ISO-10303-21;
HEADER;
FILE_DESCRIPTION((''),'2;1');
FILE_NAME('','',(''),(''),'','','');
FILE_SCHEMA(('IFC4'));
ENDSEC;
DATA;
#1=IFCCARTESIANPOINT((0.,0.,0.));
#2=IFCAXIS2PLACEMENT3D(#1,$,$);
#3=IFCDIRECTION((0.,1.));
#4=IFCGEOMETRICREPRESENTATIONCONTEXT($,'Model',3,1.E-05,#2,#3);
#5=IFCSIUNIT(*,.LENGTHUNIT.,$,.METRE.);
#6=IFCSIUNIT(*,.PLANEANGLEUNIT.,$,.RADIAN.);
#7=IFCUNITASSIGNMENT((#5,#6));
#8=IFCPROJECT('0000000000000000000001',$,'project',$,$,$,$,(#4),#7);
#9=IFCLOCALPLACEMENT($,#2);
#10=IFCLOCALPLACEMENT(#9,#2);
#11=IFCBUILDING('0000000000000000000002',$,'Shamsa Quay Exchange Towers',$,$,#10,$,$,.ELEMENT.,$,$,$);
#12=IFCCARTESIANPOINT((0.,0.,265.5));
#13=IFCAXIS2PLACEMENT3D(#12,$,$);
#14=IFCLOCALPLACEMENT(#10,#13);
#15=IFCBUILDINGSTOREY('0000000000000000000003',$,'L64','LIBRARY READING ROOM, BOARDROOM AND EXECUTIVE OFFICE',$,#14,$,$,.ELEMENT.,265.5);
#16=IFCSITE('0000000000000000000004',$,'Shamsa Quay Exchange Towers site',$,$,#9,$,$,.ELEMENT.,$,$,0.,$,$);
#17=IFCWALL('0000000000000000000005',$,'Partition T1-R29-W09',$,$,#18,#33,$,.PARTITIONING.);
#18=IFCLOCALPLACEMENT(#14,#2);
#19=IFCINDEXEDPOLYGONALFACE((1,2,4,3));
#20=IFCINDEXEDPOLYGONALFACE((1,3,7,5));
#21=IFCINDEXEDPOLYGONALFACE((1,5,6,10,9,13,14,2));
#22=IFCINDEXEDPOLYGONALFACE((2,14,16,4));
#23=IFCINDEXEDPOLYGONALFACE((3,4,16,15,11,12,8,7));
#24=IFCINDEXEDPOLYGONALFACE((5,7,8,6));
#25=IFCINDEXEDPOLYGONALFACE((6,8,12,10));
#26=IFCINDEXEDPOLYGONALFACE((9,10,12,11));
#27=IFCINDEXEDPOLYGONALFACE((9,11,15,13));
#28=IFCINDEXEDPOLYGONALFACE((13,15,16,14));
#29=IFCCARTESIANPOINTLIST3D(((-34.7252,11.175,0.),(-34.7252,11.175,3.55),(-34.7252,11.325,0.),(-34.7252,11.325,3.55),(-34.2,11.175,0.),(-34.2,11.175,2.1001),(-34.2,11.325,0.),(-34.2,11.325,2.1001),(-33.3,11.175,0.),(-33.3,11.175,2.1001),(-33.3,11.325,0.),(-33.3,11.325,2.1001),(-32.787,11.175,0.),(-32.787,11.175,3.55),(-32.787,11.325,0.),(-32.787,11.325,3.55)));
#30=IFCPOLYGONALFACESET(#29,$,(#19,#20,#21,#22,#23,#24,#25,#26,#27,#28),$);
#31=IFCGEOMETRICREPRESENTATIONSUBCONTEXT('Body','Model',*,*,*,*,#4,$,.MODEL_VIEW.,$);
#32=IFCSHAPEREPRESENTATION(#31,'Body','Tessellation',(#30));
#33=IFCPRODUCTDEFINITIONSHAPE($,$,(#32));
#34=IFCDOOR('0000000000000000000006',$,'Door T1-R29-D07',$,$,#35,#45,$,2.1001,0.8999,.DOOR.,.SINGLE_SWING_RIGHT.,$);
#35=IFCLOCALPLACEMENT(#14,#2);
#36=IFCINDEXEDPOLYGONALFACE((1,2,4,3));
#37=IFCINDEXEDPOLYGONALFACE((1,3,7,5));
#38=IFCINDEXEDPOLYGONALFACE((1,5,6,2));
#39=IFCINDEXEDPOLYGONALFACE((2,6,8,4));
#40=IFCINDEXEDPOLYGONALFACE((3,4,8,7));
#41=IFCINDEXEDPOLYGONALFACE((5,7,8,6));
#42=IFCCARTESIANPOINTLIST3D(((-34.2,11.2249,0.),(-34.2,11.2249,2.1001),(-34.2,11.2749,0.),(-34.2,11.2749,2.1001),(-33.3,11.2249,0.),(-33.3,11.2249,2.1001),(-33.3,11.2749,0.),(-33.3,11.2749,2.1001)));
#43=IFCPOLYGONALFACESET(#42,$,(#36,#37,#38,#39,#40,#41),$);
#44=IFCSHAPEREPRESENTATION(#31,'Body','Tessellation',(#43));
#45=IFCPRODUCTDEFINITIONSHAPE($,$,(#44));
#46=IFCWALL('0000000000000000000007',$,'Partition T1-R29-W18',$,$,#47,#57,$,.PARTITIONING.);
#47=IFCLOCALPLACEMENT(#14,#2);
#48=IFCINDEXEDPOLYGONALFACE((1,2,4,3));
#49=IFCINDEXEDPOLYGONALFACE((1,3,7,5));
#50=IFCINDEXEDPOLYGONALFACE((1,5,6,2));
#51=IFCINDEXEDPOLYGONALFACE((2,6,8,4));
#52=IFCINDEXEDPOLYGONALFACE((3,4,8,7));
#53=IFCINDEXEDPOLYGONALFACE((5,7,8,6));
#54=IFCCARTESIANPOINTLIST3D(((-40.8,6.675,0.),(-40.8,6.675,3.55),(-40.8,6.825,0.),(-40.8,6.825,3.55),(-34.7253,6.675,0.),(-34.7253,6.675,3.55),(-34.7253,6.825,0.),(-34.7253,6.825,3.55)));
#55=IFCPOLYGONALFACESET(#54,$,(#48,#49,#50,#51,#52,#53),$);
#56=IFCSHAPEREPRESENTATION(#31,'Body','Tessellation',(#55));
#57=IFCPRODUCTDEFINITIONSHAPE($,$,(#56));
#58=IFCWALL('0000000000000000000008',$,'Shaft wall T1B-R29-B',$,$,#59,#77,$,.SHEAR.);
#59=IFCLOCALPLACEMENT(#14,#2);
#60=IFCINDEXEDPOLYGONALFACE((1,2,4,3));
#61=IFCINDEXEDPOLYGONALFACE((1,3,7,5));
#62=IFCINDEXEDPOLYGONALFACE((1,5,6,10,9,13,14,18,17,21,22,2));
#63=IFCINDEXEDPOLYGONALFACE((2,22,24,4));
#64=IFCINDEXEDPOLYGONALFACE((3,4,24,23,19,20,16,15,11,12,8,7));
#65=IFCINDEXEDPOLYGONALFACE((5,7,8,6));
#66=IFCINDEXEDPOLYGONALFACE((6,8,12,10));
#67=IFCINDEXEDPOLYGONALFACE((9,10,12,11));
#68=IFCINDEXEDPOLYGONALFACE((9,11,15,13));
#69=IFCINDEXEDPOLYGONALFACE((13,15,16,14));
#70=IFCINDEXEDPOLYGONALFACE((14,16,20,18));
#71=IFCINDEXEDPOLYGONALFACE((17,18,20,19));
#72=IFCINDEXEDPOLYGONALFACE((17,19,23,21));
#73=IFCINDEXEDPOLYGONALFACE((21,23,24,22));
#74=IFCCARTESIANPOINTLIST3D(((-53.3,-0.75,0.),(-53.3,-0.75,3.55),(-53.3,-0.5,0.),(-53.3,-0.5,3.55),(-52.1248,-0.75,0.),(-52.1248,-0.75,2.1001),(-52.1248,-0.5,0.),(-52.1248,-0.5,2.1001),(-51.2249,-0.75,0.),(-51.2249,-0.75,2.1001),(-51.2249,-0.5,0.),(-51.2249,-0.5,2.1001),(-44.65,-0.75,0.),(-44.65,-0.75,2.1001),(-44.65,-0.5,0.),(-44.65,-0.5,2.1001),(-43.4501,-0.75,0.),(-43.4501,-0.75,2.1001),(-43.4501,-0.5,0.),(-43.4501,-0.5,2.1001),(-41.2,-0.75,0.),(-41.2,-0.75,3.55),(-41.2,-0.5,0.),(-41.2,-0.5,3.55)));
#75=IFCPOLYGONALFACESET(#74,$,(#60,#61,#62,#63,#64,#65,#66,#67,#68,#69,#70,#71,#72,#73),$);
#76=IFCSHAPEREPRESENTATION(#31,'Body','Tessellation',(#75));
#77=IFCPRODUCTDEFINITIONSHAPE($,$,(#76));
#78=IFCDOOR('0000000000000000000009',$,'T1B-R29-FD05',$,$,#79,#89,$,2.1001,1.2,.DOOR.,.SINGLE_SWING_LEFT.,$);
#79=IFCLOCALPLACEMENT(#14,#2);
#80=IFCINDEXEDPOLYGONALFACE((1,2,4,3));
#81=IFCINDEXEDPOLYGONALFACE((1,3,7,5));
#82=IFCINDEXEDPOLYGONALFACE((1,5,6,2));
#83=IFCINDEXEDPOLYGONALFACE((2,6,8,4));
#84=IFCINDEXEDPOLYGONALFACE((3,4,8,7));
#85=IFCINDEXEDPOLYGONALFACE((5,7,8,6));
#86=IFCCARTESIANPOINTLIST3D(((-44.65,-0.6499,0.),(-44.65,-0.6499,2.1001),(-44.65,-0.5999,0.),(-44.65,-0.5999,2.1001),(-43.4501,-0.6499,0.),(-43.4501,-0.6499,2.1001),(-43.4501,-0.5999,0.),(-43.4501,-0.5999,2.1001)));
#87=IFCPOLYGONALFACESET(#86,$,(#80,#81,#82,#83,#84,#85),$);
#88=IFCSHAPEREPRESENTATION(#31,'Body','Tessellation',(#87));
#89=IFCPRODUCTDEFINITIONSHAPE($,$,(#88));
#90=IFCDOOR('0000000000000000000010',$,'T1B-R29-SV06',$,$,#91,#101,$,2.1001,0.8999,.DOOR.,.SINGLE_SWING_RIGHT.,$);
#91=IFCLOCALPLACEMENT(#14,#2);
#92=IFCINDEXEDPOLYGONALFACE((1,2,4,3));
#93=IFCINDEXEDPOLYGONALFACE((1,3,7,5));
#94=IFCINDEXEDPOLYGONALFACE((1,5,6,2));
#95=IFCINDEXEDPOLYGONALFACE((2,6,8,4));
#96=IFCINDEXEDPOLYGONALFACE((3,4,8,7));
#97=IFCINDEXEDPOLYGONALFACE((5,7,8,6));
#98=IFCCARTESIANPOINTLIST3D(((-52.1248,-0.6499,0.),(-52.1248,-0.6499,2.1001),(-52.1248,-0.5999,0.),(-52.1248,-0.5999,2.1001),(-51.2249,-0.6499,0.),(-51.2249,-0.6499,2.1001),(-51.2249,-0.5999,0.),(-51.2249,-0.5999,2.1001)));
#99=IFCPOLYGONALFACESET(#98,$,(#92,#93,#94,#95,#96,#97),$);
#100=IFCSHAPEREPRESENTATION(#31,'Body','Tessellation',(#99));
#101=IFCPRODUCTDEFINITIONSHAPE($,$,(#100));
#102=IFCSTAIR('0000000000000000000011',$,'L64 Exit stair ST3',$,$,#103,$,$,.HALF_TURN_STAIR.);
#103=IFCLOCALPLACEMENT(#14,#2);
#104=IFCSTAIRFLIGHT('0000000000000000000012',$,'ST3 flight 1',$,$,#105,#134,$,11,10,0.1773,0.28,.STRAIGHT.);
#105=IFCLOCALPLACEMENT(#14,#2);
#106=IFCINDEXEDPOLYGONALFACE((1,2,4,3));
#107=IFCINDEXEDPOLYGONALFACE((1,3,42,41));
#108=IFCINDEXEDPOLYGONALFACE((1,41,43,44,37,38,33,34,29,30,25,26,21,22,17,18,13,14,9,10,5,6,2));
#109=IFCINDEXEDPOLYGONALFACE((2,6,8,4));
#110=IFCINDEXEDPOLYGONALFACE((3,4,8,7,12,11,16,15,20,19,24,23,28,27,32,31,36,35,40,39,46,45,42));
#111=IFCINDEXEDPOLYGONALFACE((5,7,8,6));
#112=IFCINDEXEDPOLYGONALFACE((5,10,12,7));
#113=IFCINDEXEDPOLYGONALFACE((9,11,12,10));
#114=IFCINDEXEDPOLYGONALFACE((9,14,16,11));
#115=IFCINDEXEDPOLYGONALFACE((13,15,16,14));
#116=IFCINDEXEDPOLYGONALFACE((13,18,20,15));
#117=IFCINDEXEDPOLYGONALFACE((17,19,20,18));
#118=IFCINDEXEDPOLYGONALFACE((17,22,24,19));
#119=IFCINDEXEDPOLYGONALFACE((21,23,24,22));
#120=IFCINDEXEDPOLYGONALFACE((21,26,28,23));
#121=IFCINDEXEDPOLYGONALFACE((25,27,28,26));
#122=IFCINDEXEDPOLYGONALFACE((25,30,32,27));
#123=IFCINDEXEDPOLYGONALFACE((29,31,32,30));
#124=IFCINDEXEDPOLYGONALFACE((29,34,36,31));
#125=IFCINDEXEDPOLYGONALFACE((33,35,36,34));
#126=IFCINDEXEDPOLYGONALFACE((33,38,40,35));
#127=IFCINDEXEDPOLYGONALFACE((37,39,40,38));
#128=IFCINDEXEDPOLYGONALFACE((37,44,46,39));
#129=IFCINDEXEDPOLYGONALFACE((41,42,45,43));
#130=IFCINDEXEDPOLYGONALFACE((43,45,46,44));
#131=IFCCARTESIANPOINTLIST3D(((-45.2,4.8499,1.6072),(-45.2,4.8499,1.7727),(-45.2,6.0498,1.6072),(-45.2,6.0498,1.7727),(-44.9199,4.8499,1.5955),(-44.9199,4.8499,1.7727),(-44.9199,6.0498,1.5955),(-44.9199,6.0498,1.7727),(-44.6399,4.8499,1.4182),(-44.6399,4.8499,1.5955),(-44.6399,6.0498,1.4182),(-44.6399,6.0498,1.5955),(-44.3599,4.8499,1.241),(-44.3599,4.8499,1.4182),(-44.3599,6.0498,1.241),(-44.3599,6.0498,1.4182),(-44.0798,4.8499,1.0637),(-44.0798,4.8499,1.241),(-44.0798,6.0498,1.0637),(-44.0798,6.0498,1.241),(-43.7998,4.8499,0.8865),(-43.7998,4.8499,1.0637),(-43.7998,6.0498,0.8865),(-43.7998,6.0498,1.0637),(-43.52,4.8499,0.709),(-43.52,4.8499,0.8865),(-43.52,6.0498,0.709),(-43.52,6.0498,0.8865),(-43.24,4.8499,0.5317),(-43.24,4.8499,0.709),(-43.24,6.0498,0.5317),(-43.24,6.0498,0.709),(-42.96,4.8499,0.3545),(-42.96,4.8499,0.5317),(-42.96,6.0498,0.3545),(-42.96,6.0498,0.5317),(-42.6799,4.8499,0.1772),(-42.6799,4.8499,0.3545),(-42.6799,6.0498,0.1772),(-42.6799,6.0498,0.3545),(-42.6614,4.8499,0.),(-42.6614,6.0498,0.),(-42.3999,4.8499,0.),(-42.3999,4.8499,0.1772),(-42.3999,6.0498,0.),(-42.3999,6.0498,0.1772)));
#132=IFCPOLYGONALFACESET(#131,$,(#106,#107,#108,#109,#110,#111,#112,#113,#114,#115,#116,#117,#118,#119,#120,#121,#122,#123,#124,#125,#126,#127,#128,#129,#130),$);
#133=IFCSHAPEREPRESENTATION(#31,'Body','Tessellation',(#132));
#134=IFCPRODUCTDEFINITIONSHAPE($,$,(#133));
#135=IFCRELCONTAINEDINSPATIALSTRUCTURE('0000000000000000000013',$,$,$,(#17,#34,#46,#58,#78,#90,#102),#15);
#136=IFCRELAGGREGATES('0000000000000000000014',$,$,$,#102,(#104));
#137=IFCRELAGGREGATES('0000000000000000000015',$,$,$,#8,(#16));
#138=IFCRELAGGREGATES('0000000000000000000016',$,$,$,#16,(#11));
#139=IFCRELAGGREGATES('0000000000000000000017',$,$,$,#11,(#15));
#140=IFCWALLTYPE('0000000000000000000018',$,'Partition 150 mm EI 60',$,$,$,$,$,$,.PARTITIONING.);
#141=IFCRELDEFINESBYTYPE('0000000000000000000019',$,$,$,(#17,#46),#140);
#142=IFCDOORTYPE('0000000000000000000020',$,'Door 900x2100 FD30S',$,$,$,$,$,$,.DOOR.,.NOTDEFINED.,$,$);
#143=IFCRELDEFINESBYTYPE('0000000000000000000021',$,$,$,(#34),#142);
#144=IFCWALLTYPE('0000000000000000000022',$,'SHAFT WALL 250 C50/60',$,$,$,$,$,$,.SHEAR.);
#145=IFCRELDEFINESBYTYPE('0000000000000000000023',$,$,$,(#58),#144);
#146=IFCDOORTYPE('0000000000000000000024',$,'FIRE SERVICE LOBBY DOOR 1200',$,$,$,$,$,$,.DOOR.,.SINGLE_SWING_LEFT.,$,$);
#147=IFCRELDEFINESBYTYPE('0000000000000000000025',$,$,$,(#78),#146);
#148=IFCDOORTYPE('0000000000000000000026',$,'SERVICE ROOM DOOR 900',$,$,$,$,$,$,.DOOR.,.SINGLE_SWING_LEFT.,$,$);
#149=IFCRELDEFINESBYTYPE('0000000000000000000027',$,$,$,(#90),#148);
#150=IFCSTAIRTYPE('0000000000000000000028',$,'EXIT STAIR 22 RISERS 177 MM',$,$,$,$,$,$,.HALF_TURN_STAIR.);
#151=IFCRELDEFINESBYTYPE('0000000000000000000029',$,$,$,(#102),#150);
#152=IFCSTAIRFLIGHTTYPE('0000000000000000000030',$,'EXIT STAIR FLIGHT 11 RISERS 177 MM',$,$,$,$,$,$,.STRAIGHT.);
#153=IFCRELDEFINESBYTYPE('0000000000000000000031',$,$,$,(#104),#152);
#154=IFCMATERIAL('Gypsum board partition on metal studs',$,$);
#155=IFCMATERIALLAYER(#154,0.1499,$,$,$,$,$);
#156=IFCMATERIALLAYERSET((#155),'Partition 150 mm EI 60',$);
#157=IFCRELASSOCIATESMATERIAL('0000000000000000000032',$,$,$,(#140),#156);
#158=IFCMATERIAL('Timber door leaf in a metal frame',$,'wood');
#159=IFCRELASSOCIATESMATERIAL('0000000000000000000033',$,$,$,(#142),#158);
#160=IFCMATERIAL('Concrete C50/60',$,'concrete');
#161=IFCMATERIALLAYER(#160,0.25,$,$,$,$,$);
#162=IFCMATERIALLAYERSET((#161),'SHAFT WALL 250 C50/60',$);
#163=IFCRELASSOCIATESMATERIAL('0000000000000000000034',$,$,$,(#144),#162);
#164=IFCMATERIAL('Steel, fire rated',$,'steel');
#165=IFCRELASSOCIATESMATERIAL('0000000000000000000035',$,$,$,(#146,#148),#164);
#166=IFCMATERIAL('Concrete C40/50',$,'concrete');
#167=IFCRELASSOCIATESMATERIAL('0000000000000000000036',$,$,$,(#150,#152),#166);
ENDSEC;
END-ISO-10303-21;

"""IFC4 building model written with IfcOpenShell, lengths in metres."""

from ifc_helpers import new_model, si_unit, direction, frame, frame_2d, origin, place, context, subcontext, project, spatial, polyline, rectangle, outline, extrude, material, layer, layer_set, type_object, element, fill, aggregate, save


model = new_model("IFC4")

# Units and contexts
model_context = context("Model", 3, precision=1e-05, world=origin(), true_north=direction((0.0, 1.0)))
body_context = subcontext(model_context, "Body", "Model", "MODEL_VIEW")
ifc_project = project(units=[si_unit("LENGTHUNIT", "METRE"), si_unit("PLANEANGLEUNIT", "RADIAN")], contexts=[model_context])

# Site, building, storey
site_placement = place(None, origin())
site = spatial("IfcSite", under=ifc_project, at=site_placement, Name="Shamsa Quay Exchange Towers site", CompositionType="ELEMENT", RefElevation=0.0)
building_placement = place(site_placement, origin())
building = spatial("IfcBuilding", under=site, at=building_placement, Name="Shamsa Quay Exchange Towers", CompositionType="ELEMENT")
storey_placement = place(building_placement, frame((0.0, 0.0, 265.5)))
storey = spatial("IfcBuildingStorey", under=building, at=storey_placement, Name="L64", Description="LIBRARY READING ROOM, BOARDROOM AND EXECUTIVE OFFICE", CompositionType="ELEMENT", Elevation=265.5)

# Wall, opening, door
ifc_material_1 = material(Name="Gypsum board partition on metal studs")
ifc_layer_1 = layer(ifc_material_1, 0.1499)
ifc_layer_set_1 = layer_set([ifc_layer_1], Name="Partition 150 mm EI 60")
wall_type_1 = type_object("IfcWallType", Name="Partition 150 mm EI 60", PredefinedType="PARTITIONING", material=ifc_layer_set_1)
ifc_material_2 = material(Name="Timber door leaf in a metal frame", Category="wood")
door_type_1 = type_object("IfcDoorType", Name="Door 900x2100 FD30S", OperationType="NOTDEFINED", PredefinedType="DOOR", material=ifc_material_2)
wall_1_placement = place(storey_placement, frame((-34.7253, 11.25, 0.0)))
wall_1 = element("IfcWall", 1, at=wall_1_placement, inside=storey, type_object=wall_type_1, Name="Partition T1-R29-W09", PredefinedType="PARTITIONING", context=body_context, shape_type="SweptSolid", body=[
    extrude(rectangle(XDim=1.9382, YDim=0.1499, at=frame_2d((0.9692, 0.0))), origin(), (0.0, 0.0, 1.0), 3.55),
])
opening_1_placement = place(wall_1_placement, frame((0.5254, 0.0, 0.0)))
opening_1 = element("IfcOpeningElement", 2, at=opening_1_placement, cuts=wall_1, PredefinedType="OPENING", context=body_context, shape_type="SweptSolid", body=[
    extrude(rectangle(XDim=0.8999, YDim=2.1001, at=frame_2d((0.45, 1.05))), frame((0.0, 0.085, 0.0), z_axis=(0.0, -1.0, 0.0), x_axis=(1.0, 0.0, 0.0)), (0.0, 0.0, 1.0), 0.1699),
])
door_1_placement = place(opening_1_placement, origin())
door_1 = element("IfcDoor", 3, at=door_1_placement, inside=storey, type_object=door_type_1, Name="Door T1-R29-D07", OperationType="SINGLE_SWING_RIGHT", OverallHeight=2.1001, OverallWidth=0.8999, PredefinedType="DOOR", context=body_context, shape_type="SweptSolid", body=[
    extrude(rectangle(XDim=0.8999, YDim=2.1001, at=frame_2d((0.45, 1.05))), frame((0.0, 0.0249, 0.0), z_axis=(0.0, -1.0, 0.0), x_axis=(1.0, 0.0, 0.0)), (0.0, 0.0, 1.0), 0.05),
])
fill(opening_1, door_1)

# Wall
wall_2_placement = place(storey_placement, frame((-34.7253, 6.75, 0.0), z_axis=(0.0, 0.0, 1.0), x_axis=(-1.0, 0.0, 0.0)))
element("IfcWall", 4, at=wall_2_placement, inside=storey, type_object=wall_type_1, Name="Partition T1-R29-W18", PredefinedType="PARTITIONING", context=body_context, shape_type="SweptSolid", body=[
    extrude(rectangle(XDim=6.0747, YDim=0.1499, at=frame_2d((3.0374, 0.0))), origin(), (0.0, 0.0, 1.0), 3.55),
])

# Wall, openings, doors
ifc_material_3 = material(Name="Concrete C50/60", Category="concrete")
ifc_layer_2 = layer(ifc_material_3, 0.25)
ifc_layer_set_2 = layer_set([ifc_layer_2], Name="SHAFT WALL 250 C50/60")
wall_type_2 = type_object("IfcWallType", Name="SHAFT WALL 250 C50/60", PredefinedType="SHEAR", material=ifc_layer_set_2)
wall_3_placement = place(storey_placement, frame((-41.2, -0.625, 0.0), z_axis=(0.0, 0.0, 1.0), x_axis=(-1.0, 0.0, 0.0)))
wall_3 = element("IfcWall", 5, at=wall_3_placement, inside=storey, type_object=wall_type_2, Name="Shaft wall T1B-R29-B", PredefinedType="SHEAR", context=body_context, shape_type="SweptSolid", body=[
    extrude(rectangle(XDim=12.1001, YDim=0.25, at=frame_2d((6.05, 0.0))), origin(), (0.0, 0.0, 1.0), 3.55),
])
opening_2_placement = place(wall_3_placement, frame((2.25, 0.0, 0.0)))
opening_2 = element("IfcOpeningElement", 6, at=opening_2_placement, cuts=wall_3, PredefinedType="OPENING", context=body_context, shape_type="SweptSolid", body=[
    extrude(rectangle(XDim=1.2, YDim=2.1001, at=frame_2d((0.6001, 1.05))), frame((0.0, 0.135, 0.0), z_axis=(0.0, -1.0, 0.0), x_axis=(1.0, 0.0, 0.0)), (0.0, 0.0, 1.0), 0.27),
])
opening_3_placement = place(wall_3_placement, frame((10.0249, 0.0, 0.0)))
opening_3 = element("IfcOpeningElement", 7, at=opening_3_placement, cuts=wall_3, PredefinedType="OPENING", context=body_context, shape_type="SweptSolid", body=[
    extrude(rectangle(XDim=0.8999, YDim=2.1001, at=frame_2d((0.45, 1.05))), frame((0.0, 0.135, 0.0), z_axis=(0.0, -1.0, 0.0), x_axis=(1.0, 0.0, 0.0)), (0.0, 0.0, 1.0), 0.27),
])
ifc_material_4 = material(Name="Steel, fire rated", Category="steel")
door_type_2 = type_object("IfcDoorType", Name="FIRE SERVICE LOBBY DOOR 1200", OperationType="SINGLE_SWING_LEFT", PredefinedType="DOOR", material=ifc_material_4)
door_2_placement = place(opening_2_placement, origin())
door_2 = element("IfcDoor", 8, at=door_2_placement, inside=storey, type_object=door_type_2, Name="T1B-R29-FD05", OperationType="SINGLE_SWING_LEFT", OverallHeight=2.1001, OverallWidth=1.2, PredefinedType="DOOR", context=body_context, shape_type="SweptSolid", body=[
    extrude(rectangle(XDim=1.2, YDim=2.1001, at=frame_2d((0.6001, 1.05))), frame((0.0, 0.0249, 0.0), z_axis=(0.0, -1.0, 0.0), x_axis=(1.0, 0.0, 0.0)), (0.0, 0.0, 1.0), 0.05),
])
fill(opening_2, door_2)
door_type_3 = type_object("IfcDoorType", Name="SERVICE ROOM DOOR 900", OperationType="SINGLE_SWING_LEFT", PredefinedType="DOOR", material=ifc_material_4)
door_3_placement = place(opening_3_placement, origin())
door_3 = element("IfcDoor", 9, at=door_3_placement, inside=storey, type_object=door_type_3, Name="T1B-R29-SV06", OperationType="SINGLE_SWING_RIGHT", OverallHeight=2.1001, OverallWidth=0.8999, PredefinedType="DOOR", context=body_context, shape_type="SweptSolid", body=[
    extrude(rectangle(XDim=0.8999, YDim=2.1001, at=frame_2d((0.45, 1.05))), frame((0.0, 0.0249, 0.0), z_axis=(0.0, -1.0, 0.0), x_axis=(1.0, 0.0, 0.0)), (0.0, 0.0, 1.0), 0.05),
])
fill(opening_3, door_3)

# Stair, stair flight
ifc_material_5 = material(Name="Concrete C40/50", Category="concrete")
stair_type = type_object("IfcStairType", Name="EXIT STAIR 22 RISERS 177 MM", PredefinedType="HALF_TURN_STAIR", material=ifc_material_5)
stair_placement = place(storey_placement, origin())
stair = element("IfcStair", 10, at=stair_placement, inside=storey, type_object=stair_type, Name="L64 Exit stair ST3", PredefinedType="HALF_TURN_STAIR")
stair_flight_type = type_object("IfcStairFlightType", Name="EXIT STAIR FLIGHT 11 RISERS 177 MM", PredefinedType="STRAIGHT", material=ifc_material_5)
stair_flight_placement = place(storey_placement, frame((-42.3999, 5.45, 0.0), z_axis=(0.0, 0.0, 1.0), x_axis=(-1.0, 0.0, 0.0)))
stair_flight = element("IfcStairFlight", 11, at=stair_flight_placement, type_object=stair_flight_type, Name="ST3 flight 1", NumberOfRisers=11, NumberOfTreads=10, PredefinedType="STRAIGHT", RiserHeight=0.1773, TreadLength=0.28, context=body_context, shape_type="SweptSolid", body=[
    extrude(outline(polyline([(0.0, 0.0), (0.0, 0.1772), (0.28, 0.1772), (0.28, 0.3545), (0.5601, 0.3545), (0.5601, 0.5317), (0.8401, 0.5317), (0.8401, 0.709), (1.1201, 0.709), (1.1201, 0.8865), (1.3999, 0.8865), (1.3999, 1.0637), (1.6799, 1.0637), (1.6799, 1.241), (1.96, 1.241), (1.96, 1.4182), (2.24, 1.4182), (2.24, 1.5955), (2.52, 1.5955), (2.52, 1.7727), (2.8, 1.7727), (2.8, 1.95), (2.8, 1.6072), (0.2615, 0.0), (0.0, 0.0)])), frame((0.0, 0.6001, 0.0), z_axis=(0.0, -1.0, 0.0), x_axis=(1.0, 0.0, 0.0)), (0.0, 0.0, 1.0), 1.2),
])
aggregate(stair, [stair_flight])

save(model, "model.ifc")
